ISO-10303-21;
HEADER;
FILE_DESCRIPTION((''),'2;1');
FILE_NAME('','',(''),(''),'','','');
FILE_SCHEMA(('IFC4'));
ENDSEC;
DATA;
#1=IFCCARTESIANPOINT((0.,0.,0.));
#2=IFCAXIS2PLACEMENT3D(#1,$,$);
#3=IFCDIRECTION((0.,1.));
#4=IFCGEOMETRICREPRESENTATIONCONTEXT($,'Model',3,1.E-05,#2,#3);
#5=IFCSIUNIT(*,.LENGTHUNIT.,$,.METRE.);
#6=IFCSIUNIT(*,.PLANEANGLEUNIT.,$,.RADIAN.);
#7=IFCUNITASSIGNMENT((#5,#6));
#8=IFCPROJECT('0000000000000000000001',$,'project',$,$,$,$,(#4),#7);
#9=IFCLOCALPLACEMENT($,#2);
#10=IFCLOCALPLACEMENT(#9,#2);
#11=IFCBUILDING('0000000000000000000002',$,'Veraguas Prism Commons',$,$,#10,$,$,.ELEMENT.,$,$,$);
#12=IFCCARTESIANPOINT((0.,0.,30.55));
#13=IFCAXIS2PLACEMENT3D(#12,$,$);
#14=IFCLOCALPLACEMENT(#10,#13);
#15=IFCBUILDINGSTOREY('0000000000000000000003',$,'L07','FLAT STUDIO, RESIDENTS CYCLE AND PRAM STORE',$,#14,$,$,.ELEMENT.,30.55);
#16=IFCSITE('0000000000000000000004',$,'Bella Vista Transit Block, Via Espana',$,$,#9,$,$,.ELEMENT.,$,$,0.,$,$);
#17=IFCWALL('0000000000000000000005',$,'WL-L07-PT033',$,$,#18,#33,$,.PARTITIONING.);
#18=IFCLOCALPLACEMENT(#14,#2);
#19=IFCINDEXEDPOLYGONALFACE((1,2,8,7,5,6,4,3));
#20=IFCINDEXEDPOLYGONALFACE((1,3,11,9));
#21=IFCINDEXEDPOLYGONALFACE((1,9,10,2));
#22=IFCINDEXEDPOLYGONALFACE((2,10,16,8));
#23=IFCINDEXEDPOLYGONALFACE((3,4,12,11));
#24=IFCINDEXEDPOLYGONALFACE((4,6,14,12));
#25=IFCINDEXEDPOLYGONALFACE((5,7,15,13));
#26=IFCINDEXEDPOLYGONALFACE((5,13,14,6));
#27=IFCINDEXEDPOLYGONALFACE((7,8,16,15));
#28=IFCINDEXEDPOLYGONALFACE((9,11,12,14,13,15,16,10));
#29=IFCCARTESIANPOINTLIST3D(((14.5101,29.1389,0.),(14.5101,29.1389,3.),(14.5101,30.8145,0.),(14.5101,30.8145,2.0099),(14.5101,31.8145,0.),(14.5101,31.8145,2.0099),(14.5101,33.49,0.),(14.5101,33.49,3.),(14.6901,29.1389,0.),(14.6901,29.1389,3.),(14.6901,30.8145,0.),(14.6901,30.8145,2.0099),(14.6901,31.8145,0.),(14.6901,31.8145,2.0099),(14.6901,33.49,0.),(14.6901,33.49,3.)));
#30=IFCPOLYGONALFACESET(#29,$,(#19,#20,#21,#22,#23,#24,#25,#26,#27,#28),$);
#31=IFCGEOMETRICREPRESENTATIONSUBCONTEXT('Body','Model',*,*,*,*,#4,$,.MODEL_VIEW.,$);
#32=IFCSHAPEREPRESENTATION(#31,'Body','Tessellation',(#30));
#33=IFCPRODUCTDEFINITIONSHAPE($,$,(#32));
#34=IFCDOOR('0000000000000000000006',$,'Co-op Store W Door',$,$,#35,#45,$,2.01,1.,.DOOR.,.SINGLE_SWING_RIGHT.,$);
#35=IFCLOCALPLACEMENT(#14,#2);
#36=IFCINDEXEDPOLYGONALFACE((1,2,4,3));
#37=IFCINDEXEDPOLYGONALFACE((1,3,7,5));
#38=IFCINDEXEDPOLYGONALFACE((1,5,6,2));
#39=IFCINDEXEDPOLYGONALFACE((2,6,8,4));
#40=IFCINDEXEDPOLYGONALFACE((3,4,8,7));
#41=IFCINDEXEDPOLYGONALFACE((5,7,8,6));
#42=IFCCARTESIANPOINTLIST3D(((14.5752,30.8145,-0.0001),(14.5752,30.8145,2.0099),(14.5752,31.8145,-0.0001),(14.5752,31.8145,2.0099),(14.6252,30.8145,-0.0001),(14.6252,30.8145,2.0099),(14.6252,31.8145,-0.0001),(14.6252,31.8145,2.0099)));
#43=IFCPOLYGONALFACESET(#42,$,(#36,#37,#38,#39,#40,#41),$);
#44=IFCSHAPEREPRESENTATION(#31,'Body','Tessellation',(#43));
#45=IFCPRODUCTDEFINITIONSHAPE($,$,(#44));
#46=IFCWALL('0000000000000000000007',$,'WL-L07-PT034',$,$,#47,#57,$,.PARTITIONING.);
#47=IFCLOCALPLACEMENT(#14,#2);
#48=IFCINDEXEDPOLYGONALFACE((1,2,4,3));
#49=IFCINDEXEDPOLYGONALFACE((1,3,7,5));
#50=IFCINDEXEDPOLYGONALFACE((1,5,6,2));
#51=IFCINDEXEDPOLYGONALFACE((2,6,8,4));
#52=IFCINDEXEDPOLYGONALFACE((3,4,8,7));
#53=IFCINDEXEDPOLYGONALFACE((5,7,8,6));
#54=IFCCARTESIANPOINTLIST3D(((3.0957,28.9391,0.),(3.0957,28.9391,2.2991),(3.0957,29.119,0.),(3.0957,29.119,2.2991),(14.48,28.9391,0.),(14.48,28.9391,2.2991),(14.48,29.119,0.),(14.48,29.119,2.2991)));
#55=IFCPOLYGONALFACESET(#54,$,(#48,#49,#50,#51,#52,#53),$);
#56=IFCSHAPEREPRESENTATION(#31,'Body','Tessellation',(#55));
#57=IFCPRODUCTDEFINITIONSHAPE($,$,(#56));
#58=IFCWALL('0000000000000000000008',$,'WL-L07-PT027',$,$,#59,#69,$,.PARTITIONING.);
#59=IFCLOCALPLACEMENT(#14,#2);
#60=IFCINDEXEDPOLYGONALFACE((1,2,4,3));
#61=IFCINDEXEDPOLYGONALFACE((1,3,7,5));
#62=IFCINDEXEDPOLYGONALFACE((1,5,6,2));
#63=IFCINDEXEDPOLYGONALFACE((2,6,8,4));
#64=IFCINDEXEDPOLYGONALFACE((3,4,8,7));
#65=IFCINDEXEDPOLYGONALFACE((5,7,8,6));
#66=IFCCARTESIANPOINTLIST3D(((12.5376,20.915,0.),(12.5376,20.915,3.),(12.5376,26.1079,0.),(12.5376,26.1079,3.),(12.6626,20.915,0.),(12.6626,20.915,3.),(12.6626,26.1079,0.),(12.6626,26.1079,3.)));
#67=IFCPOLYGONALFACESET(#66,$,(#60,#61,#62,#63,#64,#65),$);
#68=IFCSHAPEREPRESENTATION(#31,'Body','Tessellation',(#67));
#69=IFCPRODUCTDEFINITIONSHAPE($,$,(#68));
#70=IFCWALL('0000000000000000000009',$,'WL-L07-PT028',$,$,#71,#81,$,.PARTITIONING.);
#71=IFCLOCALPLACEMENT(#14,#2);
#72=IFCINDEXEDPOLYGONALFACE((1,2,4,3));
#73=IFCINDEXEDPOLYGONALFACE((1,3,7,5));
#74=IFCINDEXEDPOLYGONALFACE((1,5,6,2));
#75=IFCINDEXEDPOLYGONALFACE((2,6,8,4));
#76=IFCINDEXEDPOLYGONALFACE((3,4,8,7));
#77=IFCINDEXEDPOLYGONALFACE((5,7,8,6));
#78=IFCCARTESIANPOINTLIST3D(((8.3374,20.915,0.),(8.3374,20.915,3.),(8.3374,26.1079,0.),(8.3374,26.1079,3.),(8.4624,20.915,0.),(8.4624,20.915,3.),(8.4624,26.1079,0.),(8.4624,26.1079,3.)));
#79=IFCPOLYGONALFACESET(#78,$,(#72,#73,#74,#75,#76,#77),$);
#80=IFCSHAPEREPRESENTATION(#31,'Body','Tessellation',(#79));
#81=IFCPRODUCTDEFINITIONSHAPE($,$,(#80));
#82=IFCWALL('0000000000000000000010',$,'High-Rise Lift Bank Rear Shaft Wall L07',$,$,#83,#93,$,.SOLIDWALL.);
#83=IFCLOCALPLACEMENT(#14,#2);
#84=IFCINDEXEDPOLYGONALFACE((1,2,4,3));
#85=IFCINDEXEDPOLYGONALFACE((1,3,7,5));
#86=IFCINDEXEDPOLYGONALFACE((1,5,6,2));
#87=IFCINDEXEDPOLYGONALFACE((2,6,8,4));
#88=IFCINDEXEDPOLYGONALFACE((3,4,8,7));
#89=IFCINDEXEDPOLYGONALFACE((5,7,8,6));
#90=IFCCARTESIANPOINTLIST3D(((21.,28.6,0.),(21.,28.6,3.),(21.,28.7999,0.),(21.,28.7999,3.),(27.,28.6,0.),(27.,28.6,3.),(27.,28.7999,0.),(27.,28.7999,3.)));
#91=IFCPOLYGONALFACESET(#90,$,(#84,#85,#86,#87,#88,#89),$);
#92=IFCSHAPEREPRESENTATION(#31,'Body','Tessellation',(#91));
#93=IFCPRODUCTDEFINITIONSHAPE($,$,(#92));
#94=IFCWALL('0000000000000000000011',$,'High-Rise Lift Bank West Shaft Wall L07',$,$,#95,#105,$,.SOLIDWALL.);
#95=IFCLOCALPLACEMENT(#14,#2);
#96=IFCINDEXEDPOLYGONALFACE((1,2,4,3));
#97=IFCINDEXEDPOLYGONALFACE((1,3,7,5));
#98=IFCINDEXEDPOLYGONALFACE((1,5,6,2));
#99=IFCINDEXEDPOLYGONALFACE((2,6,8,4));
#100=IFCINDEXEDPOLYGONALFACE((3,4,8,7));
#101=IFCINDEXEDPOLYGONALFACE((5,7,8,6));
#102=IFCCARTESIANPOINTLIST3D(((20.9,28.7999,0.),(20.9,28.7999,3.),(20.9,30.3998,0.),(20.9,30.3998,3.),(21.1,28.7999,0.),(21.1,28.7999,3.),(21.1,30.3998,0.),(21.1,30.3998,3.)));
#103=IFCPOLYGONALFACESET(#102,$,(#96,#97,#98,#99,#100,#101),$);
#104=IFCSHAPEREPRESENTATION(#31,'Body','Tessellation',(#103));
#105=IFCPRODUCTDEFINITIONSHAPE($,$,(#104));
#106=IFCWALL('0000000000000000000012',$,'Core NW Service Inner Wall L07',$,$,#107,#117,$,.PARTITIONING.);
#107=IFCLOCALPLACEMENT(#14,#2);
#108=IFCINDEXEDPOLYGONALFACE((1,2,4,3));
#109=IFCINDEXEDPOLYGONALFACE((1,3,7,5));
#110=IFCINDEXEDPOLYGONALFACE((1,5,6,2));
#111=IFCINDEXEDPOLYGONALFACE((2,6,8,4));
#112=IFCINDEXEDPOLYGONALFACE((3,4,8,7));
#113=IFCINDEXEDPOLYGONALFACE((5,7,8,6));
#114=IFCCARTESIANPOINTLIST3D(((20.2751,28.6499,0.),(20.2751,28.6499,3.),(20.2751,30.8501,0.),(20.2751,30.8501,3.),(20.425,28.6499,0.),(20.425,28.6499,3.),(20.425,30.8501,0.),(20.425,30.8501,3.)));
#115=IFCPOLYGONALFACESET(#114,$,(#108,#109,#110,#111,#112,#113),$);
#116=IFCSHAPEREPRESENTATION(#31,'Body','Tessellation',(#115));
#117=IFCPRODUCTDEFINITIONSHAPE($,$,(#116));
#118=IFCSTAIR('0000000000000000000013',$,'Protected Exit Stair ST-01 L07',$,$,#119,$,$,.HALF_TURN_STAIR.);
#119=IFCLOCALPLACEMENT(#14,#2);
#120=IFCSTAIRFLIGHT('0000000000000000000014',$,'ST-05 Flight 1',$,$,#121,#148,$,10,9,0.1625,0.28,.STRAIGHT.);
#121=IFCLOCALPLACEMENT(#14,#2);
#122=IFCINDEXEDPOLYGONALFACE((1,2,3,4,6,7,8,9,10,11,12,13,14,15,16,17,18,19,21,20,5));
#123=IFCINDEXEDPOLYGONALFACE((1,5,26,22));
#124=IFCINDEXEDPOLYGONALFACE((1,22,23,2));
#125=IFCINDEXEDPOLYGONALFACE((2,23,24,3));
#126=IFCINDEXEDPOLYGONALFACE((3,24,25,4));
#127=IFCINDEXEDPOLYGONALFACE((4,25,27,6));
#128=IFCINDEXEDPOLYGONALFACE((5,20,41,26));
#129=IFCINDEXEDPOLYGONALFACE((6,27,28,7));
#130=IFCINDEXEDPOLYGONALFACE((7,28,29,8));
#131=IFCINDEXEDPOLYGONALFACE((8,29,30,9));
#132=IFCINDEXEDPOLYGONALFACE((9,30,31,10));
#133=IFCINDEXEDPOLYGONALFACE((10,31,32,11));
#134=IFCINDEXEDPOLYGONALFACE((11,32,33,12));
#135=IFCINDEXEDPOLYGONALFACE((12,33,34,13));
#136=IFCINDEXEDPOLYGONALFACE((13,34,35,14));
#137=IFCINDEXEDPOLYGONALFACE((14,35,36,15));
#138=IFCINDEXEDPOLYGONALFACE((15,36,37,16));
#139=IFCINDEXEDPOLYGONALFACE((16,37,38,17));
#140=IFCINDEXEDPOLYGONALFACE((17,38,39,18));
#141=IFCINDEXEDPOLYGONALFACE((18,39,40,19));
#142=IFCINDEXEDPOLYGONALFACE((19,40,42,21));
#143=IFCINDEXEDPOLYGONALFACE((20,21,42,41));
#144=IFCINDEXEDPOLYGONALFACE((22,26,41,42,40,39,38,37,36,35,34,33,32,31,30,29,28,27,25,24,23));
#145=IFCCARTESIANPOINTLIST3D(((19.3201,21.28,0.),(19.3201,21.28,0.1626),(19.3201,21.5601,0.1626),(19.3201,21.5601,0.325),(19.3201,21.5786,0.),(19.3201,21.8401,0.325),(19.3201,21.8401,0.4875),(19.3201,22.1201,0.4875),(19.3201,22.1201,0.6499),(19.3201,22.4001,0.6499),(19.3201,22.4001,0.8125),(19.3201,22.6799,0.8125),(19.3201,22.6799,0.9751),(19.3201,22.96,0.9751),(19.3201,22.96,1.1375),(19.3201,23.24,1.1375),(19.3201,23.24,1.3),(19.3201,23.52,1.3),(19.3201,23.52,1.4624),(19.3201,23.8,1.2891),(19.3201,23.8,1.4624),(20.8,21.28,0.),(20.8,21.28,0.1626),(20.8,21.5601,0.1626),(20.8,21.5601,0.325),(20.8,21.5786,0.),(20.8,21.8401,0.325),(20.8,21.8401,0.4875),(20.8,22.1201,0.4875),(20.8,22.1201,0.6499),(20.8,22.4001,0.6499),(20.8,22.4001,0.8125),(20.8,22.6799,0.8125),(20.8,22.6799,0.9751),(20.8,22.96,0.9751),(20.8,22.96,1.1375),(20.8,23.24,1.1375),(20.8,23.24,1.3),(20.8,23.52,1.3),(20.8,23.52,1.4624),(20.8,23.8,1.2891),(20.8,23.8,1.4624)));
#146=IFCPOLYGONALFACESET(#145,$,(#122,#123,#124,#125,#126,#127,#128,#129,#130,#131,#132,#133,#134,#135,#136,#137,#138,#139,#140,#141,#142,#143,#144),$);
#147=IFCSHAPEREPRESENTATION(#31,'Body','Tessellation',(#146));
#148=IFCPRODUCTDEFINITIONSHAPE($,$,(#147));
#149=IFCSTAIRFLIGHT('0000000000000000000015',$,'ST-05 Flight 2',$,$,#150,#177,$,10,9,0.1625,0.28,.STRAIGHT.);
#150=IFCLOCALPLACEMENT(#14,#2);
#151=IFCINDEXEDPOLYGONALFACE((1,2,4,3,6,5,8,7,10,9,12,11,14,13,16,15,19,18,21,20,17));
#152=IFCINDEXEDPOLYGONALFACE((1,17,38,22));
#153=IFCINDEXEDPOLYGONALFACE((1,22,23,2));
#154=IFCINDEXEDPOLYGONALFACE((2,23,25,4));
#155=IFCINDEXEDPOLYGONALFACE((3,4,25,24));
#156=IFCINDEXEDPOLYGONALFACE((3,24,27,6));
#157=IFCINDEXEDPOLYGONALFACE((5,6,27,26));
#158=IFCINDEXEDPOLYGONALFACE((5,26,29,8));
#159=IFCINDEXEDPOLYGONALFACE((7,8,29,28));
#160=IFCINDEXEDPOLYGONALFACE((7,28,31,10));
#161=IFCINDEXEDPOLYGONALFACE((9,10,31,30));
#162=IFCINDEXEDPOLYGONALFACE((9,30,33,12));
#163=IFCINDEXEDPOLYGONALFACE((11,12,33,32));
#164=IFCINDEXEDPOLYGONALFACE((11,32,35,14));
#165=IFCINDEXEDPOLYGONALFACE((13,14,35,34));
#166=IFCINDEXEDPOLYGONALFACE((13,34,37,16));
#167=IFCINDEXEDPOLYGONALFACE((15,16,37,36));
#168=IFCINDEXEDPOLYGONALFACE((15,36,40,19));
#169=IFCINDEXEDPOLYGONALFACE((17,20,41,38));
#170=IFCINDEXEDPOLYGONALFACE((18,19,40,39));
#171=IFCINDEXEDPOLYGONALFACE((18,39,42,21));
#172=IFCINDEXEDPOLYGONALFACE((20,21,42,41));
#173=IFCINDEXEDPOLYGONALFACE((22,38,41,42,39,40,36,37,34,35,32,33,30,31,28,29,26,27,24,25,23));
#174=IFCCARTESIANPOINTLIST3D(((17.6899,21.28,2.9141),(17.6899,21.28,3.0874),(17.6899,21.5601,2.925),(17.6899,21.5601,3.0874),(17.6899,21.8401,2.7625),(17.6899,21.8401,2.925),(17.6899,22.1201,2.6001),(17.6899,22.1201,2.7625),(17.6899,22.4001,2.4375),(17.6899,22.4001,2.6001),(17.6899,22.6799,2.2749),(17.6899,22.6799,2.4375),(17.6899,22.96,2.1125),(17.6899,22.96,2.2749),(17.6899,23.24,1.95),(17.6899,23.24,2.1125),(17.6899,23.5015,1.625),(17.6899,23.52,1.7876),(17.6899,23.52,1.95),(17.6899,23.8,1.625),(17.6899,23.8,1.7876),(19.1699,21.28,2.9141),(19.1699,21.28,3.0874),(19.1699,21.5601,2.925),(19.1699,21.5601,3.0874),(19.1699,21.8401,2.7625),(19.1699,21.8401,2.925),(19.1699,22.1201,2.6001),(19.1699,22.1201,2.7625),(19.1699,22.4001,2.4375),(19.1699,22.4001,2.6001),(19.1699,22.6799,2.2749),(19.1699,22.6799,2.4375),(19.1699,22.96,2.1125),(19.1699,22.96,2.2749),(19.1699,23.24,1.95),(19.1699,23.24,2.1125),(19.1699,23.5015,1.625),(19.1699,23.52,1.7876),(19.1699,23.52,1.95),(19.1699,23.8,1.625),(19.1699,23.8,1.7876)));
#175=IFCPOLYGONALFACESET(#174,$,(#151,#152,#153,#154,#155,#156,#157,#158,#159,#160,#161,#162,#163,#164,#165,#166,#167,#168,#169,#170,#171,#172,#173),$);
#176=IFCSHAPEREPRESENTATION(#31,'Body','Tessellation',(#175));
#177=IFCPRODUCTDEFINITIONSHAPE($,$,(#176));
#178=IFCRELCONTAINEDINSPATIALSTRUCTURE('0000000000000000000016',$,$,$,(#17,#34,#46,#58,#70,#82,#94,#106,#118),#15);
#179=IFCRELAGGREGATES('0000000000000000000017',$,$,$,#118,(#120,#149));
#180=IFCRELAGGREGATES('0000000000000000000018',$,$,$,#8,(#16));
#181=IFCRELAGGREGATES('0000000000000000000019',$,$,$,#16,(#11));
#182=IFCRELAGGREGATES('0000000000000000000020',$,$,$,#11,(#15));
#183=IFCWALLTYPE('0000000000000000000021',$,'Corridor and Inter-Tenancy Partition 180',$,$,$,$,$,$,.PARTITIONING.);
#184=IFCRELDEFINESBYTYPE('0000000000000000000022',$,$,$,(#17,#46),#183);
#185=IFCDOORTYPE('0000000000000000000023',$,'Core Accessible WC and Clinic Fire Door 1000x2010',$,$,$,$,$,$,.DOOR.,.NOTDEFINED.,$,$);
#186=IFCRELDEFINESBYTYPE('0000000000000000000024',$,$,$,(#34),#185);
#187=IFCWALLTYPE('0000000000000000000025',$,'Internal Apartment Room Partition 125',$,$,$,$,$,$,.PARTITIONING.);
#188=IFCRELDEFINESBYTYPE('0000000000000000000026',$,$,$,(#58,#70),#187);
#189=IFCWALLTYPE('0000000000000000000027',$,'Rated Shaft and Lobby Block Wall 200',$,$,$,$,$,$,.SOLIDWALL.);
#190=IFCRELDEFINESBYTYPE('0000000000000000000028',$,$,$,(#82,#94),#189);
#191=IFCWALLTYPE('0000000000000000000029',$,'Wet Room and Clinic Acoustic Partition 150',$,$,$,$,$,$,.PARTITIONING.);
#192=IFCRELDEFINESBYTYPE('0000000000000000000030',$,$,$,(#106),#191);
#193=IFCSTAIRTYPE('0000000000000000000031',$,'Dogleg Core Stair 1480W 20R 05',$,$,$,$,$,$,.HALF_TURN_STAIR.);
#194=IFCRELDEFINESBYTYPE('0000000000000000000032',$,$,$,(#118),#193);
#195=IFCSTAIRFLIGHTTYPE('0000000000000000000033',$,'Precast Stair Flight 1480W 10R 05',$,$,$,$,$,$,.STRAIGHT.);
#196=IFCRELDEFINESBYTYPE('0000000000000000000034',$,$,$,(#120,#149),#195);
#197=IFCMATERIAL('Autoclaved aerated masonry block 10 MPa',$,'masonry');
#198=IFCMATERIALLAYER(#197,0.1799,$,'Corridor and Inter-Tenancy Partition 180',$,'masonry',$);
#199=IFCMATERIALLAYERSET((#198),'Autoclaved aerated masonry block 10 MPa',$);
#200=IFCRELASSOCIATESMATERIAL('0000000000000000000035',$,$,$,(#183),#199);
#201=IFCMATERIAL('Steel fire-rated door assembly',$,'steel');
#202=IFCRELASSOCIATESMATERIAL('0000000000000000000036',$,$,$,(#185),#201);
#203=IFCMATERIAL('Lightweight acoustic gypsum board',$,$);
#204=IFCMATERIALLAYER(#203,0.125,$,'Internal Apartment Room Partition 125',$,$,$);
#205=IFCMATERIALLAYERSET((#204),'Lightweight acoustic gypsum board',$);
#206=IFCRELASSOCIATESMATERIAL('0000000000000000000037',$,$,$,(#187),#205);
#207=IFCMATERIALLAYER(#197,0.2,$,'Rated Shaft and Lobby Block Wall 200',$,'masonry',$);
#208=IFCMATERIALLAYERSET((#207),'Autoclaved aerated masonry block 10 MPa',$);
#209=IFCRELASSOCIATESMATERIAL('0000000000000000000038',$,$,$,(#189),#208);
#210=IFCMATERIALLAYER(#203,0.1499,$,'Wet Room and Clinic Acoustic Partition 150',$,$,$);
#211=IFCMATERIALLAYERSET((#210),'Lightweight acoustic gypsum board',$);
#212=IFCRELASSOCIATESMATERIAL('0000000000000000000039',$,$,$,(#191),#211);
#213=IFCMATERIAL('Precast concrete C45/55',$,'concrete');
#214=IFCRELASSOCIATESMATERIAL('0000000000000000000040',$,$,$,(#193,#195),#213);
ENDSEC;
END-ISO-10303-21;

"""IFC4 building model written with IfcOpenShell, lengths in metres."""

from ifc_helpers import new_model, si_unit, direction, frame, frame_2d, origin, place, context, subcontext, project, spatial, polyline, rectangle, outline, extrude, source, transform, mapped, material, layer, layer_set, type_object, element, fill, aggregate, save


model = new_model("IFC4")

# Units and contexts
model_context = context("Model", 3, precision=1e-05, world=origin(), true_north=direction((0.0, 1.0)))
body_context = subcontext(model_context, "Body", "Model", "MODEL_VIEW")
ifc_project = project(units=[si_unit("LENGTHUNIT", "METRE"), si_unit("PLANEANGLEUNIT", "RADIAN")], contexts=[model_context])

# Site, building, storey
site_placement = place(None, origin())
site = spatial("IfcSite", under=ifc_project, at=site_placement, Name="Bella Vista Transit Block, Via Espana", CompositionType="ELEMENT", RefElevation=0.0)
building_placement = place(site_placement, origin())
building = spatial("IfcBuilding", under=site, at=building_placement, Name="Veraguas Prism Commons", CompositionType="ELEMENT")
storey_placement = place(building_placement, frame((0.0, 0.0, 30.55)))
storey = spatial("IfcBuildingStorey", under=building, at=storey_placement, Name="L07", Description="FLAT STUDIO, RESIDENTS CYCLE AND PRAM STORE", CompositionType="ELEMENT", Elevation=30.55)

# Shared definitions
ifc_material_1 = material(Name="Autoclaved aerated masonry block 10 MPa", Category="masonry")
ifc_layer_1 = layer(ifc_material_1, 0.1799, Name="Corridor and Inter-Tenancy Partition 180", Category="masonry")
ifc_layer_set_1 = layer_set([ifc_layer_1], Name="Autoclaved aerated masonry block 10 MPa")
wall_type_1 = type_object("IfcWallType", Name="Corridor and Inter-Tenancy Partition 180", PredefinedType="PARTITIONING", material=ifc_layer_set_1)

# Wall, opening, door
ifc_material_2 = material(Name="Steel fire-rated door assembly", Category="steel")
door_type = type_object("IfcDoorType", Name="Core Accessible WC and Clinic Fire Door 1000x2010", OperationType="NOTDEFINED", PredefinedType="DOOR", material=ifc_material_2)
shared_shape_1 = source(origin(), body_context, "Body", "SweptSolid", [
    extrude(rectangle(XDim=1.0, YDim=2.01, at=frame_2d((0.5, 1.0049))), frame((0.0, 0.0249, 0.0), z_axis=(0.0, -1.0, 0.0), x_axis=(1.0, 0.0, 0.0)), (0.0, 0.0, 1.0), 0.05),
])
wall_1_placement = place(storey_placement, frame((14.6001, 29.1389, 0.0), z_axis=(0.0, 0.0, 1.0), x_axis=(0.0, 1.0, 0.0)))
wall_1 = element("IfcWall", 1, at=wall_1_placement, inside=storey, type_object=wall_type_1, Name="WL-L07-PT033", PredefinedType="PARTITIONING", context=body_context, shape_type="SweptSolid", body=[
    extrude(rectangle(XDim=4.3511, YDim=0.1799, at=frame_2d((2.1755, 0.0))), origin(), (0.0, 0.0, 1.0), 3.0),
])
opening_1_placement = place(wall_1_placement, frame((1.6755, 0.0, 0.0)))
opening_1 = element("IfcOpeningElement", 2, at=opening_1_placement, cuts=wall_1, PredefinedType="OPENING", context=body_context, shape_type="SweptSolid", body=[
    extrude(rectangle(XDim=1.0, YDim=2.01, at=frame_2d((0.5, 1.0049))), frame((0.0, 0.0999, 0.0), z_axis=(0.0, -1.0, 0.0), x_axis=(1.0, 0.0, 0.0)), (0.0, 0.0, 1.0), 0.2),
])
door_1_placement = place(opening_1_placement, origin())
door_1 = element("IfcDoor", 3, at=door_1_placement, inside=storey, type_object=door_type, Name="Co-op Store W Door", OperationType="SINGLE_SWING_RIGHT", OverallHeight=2.01, OverallWidth=1.0, PredefinedType="DOOR", context=body_context, shape_type="MappedRepresentation", body=[
    mapped(shared_shape_1, transform((0.0, 0.0, 0.0), scale=1.0)),
])
fill(opening_1, door_1)

# Walls
wall_2_placement = place(storey_placement, frame((14.48, 29.0291, 0.0), z_axis=(0.0, 0.0, 1.0), x_axis=(-1.0, 0.0, 0.0)))
element("IfcWall", 4, at=wall_2_placement, inside=storey, type_object=wall_type_1, Name="WL-L07-PT034", PredefinedType="PARTITIONING", context=body_context, shape_type="SweptSolid", body=[
    extrude(rectangle(XDim=11.3843, YDim=0.1799, at=frame_2d((5.6921, 0.0))), origin(), (0.0, 0.0, 1.0), 2.2991),
])
ifc_material_3 = material(Name="Lightweight acoustic gypsum board")
ifc_layer_2 = layer(ifc_material_3, 0.125, Name="Internal Apartment Room Partition 125")
ifc_layer_set_2 = layer_set([ifc_layer_2], Name="Lightweight acoustic gypsum board")
wall_type_2 = type_object("IfcWallType", Name="Internal Apartment Room Partition 125", PredefinedType="PARTITIONING", material=ifc_layer_set_2)
for number, where, z_axis, x_axis, name in (
    (5, (12.6001, 20.915, 0.0), (0.0, 0.0, 1.0), (0.0, 1.0, 0.0), "WL-L07-PT027"),
    (6, (8.3999, 20.915, 0.0), (0.0, 0.0, 1.0), (0.0, 1.0, 0.0), "WL-L07-PT028"),
):
    element("IfcWall", number, at=place(storey_placement, frame(where, z_axis=z_axis, x_axis=x_axis)), inside=storey, type_object=wall_type_2, Name=name, PredefinedType="PARTITIONING", context=body_context, shape_type="SweptSolid", body=[
        extrude(rectangle(XDim=5.1929, YDim=0.125, at=frame_2d((2.5964, 0.0))), origin(), (0.0, 0.0, 1.0), 3.0),
    ])
ifc_layer_3 = layer(ifc_material_1, 0.2, Name="Rated Shaft and Lobby Block Wall 200", Category="masonry")
ifc_layer_set_3 = layer_set([ifc_layer_3], Name="Autoclaved aerated masonry block 10 MPa")
wall_type_3 = type_object("IfcWallType", Name="Rated Shaft and Lobby Block Wall 200", PredefinedType="SOLIDWALL", material=ifc_layer_set_3)
wall_3_placement = place(storey_placement, frame((21.0, 28.7, 0.0), z_axis=(0.0, 0.0, 1.0), x_axis=(1.0, 0.0, 0.0)))
element("IfcWall", 7, at=wall_3_placement, inside=storey, type_object=wall_type_3, Name="High-Rise Lift Bank Rear Shaft Wall L07", PredefinedType="SOLIDWALL", context=body_context, shape_type="SweptSolid", body=[
    extrude(rectangle(XDim=6.0, YDim=0.2, at=frame_2d((3.0, 0.0))), origin(), (0.0, 0.0, 1.0), 3.0),
])
wall_4_placement = place(storey_placement, frame((21.0, 28.8, 0.0), z_axis=(0.0, 0.0, 1.0), x_axis=(0.0, 1.0, 0.0)))
element("IfcWall", 8, at=wall_4_placement, inside=storey, type_object=wall_type_3, Name="High-Rise Lift Bank West Shaft Wall L07", PredefinedType="SOLIDWALL", context=body_context, shape_type="SweptSolid", body=[
    extrude(rectangle(XDim=1.5999, YDim=0.2, at=frame_2d((0.7998, 0.0))), origin(), (0.0, 0.0, 1.0), 3.0),
])
ifc_layer_4 = layer(ifc_material_3, 0.1499, Name="Wet Room and Clinic Acoustic Partition 150")
ifc_layer_set_4 = layer_set([ifc_layer_4], Name="Lightweight acoustic gypsum board")
wall_type_4 = type_object("IfcWallType", Name="Wet Room and Clinic Acoustic Partition 150", PredefinedType="PARTITIONING", material=ifc_layer_set_4)
wall_5_placement = place(storey_placement, frame((20.3501, 28.6499, 0.0), z_axis=(0.0, 0.0, 1.0), x_axis=(0.0, 1.0, 0.0)))
element("IfcWall", 9, at=wall_5_placement, inside=storey, type_object=wall_type_4, Name="Core NW Service Inner Wall L07", PredefinedType="PARTITIONING", context=body_context, shape_type="SweptSolid", body=[
    extrude(rectangle(XDim=2.2002, YDim=0.1499, at=frame_2d((1.1001, 0.0))), origin(), (0.0, 0.0, 1.0), 3.0),
])

# Stair, stair flights
ifc_material_4 = material(Name="Precast concrete C45/55", Category="concrete")
stair_type = type_object("IfcStairType", Name="Dogleg Core Stair 1480W 20R 05", PredefinedType="HALF_TURN_STAIR", material=ifc_material_4)
stair_placement = place(storey_placement, origin())
stair = element("IfcStair", 10, at=stair_placement, inside=storey, type_object=stair_type, Name="Protected Exit Stair ST-01 L07", PredefinedType="HALF_TURN_STAIR")
stair_flight_type = type_object("IfcStairFlightType", Name="Precast Stair Flight 1480W 10R 05", PredefinedType="STRAIGHT", material=ifc_material_4)
stair_flight_1_placement = place(storey_placement, frame((20.0601, 21.28, 0.0), z_axis=(0.0, 0.0, 1.0), x_axis=(0.0, 1.0, 0.0)))
stair_flight_1 = element("IfcStairFlight", 11, at=stair_flight_1_placement, type_object=stair_flight_type, Name="ST-05 Flight 1", NumberOfRisers=10, NumberOfTreads=9, PredefinedType="STRAIGHT", RiserHeight=0.1625, TreadLength=0.28, context=body_context, shape_type="SweptSolid", body=[
    extrude(outline(polyline([(0.0, 0.0), (0.0, 0.1626), (0.28, 0.1626), (0.28, 0.325), (0.5601, 0.325), (0.5601, 0.4875), (0.8401, 0.4875), (0.8401, 0.6499), (1.1201, 0.6499), (1.1201, 0.8125), (1.3999, 0.8125), (1.3999, 0.9751), (1.6799, 0.9751), (1.6799, 1.1375), (1.96, 1.1375), (1.96, 1.3), (2.24, 1.3), (2.24, 1.4624), (2.52, 1.4624), (2.52, 1.625), (2.52, 1.2891), (0.2986, 0.0), (0.0, 0.0)])), frame((0.0, 0.74, 0.0), z_axis=(0.0, -1.0, 0.0), x_axis=(1.0, 0.0, 0.0)), (0.0, 0.0, 1.0), 1.48),
])
stair_flight_2_placement = place(storey_placement, frame((18.4299, 23.8, 1.625), z_axis=(0.0, 0.0, 1.0), x_axis=(0.0, -1.0, 0.0)))
stair_flight_2 = element("IfcStairFlight", 12, at=stair_flight_2_placement, type_object=stair_flight_type, Name="ST-05 Flight 2", NumberOfRisers=10, NumberOfTreads=9, PredefinedType="STRAIGHT", RiserHeight=0.1625, TreadLength=0.28, context=body_context, shape_type="SweptSolid", body=[
    extrude(outline(polyline([(0.0, 0.0), (0.0, 0.1626), (0.28, 0.1626), (0.28, 0.325), (0.5601, 0.325), (0.5601, 0.4875), (0.8401, 0.4875), (0.8401, 0.6499), (1.1201, 0.6499), (1.1201, 0.8125), (1.3999, 0.8125), (1.3999, 0.9751), (1.6799, 0.9751), (1.6799, 1.1375), (1.96, 1.1375), (1.96, 1.3), (2.24, 1.3), (2.24, 1.4624), (2.52, 1.4624), (2.52, 1.625), (2.52, 1.2891), (0.2986, 0.0), (0.0, 0.0)])), frame((0.0, 0.74, 0.0), z_axis=(0.0, -1.0, 0.0), x_axis=(1.0, 0.0, 0.0)), (0.0, 0.0, 1.0), 1.48),
])
aggregate(stair, [stair_flight_1, stair_flight_2])

save(model, "model.ifc")
